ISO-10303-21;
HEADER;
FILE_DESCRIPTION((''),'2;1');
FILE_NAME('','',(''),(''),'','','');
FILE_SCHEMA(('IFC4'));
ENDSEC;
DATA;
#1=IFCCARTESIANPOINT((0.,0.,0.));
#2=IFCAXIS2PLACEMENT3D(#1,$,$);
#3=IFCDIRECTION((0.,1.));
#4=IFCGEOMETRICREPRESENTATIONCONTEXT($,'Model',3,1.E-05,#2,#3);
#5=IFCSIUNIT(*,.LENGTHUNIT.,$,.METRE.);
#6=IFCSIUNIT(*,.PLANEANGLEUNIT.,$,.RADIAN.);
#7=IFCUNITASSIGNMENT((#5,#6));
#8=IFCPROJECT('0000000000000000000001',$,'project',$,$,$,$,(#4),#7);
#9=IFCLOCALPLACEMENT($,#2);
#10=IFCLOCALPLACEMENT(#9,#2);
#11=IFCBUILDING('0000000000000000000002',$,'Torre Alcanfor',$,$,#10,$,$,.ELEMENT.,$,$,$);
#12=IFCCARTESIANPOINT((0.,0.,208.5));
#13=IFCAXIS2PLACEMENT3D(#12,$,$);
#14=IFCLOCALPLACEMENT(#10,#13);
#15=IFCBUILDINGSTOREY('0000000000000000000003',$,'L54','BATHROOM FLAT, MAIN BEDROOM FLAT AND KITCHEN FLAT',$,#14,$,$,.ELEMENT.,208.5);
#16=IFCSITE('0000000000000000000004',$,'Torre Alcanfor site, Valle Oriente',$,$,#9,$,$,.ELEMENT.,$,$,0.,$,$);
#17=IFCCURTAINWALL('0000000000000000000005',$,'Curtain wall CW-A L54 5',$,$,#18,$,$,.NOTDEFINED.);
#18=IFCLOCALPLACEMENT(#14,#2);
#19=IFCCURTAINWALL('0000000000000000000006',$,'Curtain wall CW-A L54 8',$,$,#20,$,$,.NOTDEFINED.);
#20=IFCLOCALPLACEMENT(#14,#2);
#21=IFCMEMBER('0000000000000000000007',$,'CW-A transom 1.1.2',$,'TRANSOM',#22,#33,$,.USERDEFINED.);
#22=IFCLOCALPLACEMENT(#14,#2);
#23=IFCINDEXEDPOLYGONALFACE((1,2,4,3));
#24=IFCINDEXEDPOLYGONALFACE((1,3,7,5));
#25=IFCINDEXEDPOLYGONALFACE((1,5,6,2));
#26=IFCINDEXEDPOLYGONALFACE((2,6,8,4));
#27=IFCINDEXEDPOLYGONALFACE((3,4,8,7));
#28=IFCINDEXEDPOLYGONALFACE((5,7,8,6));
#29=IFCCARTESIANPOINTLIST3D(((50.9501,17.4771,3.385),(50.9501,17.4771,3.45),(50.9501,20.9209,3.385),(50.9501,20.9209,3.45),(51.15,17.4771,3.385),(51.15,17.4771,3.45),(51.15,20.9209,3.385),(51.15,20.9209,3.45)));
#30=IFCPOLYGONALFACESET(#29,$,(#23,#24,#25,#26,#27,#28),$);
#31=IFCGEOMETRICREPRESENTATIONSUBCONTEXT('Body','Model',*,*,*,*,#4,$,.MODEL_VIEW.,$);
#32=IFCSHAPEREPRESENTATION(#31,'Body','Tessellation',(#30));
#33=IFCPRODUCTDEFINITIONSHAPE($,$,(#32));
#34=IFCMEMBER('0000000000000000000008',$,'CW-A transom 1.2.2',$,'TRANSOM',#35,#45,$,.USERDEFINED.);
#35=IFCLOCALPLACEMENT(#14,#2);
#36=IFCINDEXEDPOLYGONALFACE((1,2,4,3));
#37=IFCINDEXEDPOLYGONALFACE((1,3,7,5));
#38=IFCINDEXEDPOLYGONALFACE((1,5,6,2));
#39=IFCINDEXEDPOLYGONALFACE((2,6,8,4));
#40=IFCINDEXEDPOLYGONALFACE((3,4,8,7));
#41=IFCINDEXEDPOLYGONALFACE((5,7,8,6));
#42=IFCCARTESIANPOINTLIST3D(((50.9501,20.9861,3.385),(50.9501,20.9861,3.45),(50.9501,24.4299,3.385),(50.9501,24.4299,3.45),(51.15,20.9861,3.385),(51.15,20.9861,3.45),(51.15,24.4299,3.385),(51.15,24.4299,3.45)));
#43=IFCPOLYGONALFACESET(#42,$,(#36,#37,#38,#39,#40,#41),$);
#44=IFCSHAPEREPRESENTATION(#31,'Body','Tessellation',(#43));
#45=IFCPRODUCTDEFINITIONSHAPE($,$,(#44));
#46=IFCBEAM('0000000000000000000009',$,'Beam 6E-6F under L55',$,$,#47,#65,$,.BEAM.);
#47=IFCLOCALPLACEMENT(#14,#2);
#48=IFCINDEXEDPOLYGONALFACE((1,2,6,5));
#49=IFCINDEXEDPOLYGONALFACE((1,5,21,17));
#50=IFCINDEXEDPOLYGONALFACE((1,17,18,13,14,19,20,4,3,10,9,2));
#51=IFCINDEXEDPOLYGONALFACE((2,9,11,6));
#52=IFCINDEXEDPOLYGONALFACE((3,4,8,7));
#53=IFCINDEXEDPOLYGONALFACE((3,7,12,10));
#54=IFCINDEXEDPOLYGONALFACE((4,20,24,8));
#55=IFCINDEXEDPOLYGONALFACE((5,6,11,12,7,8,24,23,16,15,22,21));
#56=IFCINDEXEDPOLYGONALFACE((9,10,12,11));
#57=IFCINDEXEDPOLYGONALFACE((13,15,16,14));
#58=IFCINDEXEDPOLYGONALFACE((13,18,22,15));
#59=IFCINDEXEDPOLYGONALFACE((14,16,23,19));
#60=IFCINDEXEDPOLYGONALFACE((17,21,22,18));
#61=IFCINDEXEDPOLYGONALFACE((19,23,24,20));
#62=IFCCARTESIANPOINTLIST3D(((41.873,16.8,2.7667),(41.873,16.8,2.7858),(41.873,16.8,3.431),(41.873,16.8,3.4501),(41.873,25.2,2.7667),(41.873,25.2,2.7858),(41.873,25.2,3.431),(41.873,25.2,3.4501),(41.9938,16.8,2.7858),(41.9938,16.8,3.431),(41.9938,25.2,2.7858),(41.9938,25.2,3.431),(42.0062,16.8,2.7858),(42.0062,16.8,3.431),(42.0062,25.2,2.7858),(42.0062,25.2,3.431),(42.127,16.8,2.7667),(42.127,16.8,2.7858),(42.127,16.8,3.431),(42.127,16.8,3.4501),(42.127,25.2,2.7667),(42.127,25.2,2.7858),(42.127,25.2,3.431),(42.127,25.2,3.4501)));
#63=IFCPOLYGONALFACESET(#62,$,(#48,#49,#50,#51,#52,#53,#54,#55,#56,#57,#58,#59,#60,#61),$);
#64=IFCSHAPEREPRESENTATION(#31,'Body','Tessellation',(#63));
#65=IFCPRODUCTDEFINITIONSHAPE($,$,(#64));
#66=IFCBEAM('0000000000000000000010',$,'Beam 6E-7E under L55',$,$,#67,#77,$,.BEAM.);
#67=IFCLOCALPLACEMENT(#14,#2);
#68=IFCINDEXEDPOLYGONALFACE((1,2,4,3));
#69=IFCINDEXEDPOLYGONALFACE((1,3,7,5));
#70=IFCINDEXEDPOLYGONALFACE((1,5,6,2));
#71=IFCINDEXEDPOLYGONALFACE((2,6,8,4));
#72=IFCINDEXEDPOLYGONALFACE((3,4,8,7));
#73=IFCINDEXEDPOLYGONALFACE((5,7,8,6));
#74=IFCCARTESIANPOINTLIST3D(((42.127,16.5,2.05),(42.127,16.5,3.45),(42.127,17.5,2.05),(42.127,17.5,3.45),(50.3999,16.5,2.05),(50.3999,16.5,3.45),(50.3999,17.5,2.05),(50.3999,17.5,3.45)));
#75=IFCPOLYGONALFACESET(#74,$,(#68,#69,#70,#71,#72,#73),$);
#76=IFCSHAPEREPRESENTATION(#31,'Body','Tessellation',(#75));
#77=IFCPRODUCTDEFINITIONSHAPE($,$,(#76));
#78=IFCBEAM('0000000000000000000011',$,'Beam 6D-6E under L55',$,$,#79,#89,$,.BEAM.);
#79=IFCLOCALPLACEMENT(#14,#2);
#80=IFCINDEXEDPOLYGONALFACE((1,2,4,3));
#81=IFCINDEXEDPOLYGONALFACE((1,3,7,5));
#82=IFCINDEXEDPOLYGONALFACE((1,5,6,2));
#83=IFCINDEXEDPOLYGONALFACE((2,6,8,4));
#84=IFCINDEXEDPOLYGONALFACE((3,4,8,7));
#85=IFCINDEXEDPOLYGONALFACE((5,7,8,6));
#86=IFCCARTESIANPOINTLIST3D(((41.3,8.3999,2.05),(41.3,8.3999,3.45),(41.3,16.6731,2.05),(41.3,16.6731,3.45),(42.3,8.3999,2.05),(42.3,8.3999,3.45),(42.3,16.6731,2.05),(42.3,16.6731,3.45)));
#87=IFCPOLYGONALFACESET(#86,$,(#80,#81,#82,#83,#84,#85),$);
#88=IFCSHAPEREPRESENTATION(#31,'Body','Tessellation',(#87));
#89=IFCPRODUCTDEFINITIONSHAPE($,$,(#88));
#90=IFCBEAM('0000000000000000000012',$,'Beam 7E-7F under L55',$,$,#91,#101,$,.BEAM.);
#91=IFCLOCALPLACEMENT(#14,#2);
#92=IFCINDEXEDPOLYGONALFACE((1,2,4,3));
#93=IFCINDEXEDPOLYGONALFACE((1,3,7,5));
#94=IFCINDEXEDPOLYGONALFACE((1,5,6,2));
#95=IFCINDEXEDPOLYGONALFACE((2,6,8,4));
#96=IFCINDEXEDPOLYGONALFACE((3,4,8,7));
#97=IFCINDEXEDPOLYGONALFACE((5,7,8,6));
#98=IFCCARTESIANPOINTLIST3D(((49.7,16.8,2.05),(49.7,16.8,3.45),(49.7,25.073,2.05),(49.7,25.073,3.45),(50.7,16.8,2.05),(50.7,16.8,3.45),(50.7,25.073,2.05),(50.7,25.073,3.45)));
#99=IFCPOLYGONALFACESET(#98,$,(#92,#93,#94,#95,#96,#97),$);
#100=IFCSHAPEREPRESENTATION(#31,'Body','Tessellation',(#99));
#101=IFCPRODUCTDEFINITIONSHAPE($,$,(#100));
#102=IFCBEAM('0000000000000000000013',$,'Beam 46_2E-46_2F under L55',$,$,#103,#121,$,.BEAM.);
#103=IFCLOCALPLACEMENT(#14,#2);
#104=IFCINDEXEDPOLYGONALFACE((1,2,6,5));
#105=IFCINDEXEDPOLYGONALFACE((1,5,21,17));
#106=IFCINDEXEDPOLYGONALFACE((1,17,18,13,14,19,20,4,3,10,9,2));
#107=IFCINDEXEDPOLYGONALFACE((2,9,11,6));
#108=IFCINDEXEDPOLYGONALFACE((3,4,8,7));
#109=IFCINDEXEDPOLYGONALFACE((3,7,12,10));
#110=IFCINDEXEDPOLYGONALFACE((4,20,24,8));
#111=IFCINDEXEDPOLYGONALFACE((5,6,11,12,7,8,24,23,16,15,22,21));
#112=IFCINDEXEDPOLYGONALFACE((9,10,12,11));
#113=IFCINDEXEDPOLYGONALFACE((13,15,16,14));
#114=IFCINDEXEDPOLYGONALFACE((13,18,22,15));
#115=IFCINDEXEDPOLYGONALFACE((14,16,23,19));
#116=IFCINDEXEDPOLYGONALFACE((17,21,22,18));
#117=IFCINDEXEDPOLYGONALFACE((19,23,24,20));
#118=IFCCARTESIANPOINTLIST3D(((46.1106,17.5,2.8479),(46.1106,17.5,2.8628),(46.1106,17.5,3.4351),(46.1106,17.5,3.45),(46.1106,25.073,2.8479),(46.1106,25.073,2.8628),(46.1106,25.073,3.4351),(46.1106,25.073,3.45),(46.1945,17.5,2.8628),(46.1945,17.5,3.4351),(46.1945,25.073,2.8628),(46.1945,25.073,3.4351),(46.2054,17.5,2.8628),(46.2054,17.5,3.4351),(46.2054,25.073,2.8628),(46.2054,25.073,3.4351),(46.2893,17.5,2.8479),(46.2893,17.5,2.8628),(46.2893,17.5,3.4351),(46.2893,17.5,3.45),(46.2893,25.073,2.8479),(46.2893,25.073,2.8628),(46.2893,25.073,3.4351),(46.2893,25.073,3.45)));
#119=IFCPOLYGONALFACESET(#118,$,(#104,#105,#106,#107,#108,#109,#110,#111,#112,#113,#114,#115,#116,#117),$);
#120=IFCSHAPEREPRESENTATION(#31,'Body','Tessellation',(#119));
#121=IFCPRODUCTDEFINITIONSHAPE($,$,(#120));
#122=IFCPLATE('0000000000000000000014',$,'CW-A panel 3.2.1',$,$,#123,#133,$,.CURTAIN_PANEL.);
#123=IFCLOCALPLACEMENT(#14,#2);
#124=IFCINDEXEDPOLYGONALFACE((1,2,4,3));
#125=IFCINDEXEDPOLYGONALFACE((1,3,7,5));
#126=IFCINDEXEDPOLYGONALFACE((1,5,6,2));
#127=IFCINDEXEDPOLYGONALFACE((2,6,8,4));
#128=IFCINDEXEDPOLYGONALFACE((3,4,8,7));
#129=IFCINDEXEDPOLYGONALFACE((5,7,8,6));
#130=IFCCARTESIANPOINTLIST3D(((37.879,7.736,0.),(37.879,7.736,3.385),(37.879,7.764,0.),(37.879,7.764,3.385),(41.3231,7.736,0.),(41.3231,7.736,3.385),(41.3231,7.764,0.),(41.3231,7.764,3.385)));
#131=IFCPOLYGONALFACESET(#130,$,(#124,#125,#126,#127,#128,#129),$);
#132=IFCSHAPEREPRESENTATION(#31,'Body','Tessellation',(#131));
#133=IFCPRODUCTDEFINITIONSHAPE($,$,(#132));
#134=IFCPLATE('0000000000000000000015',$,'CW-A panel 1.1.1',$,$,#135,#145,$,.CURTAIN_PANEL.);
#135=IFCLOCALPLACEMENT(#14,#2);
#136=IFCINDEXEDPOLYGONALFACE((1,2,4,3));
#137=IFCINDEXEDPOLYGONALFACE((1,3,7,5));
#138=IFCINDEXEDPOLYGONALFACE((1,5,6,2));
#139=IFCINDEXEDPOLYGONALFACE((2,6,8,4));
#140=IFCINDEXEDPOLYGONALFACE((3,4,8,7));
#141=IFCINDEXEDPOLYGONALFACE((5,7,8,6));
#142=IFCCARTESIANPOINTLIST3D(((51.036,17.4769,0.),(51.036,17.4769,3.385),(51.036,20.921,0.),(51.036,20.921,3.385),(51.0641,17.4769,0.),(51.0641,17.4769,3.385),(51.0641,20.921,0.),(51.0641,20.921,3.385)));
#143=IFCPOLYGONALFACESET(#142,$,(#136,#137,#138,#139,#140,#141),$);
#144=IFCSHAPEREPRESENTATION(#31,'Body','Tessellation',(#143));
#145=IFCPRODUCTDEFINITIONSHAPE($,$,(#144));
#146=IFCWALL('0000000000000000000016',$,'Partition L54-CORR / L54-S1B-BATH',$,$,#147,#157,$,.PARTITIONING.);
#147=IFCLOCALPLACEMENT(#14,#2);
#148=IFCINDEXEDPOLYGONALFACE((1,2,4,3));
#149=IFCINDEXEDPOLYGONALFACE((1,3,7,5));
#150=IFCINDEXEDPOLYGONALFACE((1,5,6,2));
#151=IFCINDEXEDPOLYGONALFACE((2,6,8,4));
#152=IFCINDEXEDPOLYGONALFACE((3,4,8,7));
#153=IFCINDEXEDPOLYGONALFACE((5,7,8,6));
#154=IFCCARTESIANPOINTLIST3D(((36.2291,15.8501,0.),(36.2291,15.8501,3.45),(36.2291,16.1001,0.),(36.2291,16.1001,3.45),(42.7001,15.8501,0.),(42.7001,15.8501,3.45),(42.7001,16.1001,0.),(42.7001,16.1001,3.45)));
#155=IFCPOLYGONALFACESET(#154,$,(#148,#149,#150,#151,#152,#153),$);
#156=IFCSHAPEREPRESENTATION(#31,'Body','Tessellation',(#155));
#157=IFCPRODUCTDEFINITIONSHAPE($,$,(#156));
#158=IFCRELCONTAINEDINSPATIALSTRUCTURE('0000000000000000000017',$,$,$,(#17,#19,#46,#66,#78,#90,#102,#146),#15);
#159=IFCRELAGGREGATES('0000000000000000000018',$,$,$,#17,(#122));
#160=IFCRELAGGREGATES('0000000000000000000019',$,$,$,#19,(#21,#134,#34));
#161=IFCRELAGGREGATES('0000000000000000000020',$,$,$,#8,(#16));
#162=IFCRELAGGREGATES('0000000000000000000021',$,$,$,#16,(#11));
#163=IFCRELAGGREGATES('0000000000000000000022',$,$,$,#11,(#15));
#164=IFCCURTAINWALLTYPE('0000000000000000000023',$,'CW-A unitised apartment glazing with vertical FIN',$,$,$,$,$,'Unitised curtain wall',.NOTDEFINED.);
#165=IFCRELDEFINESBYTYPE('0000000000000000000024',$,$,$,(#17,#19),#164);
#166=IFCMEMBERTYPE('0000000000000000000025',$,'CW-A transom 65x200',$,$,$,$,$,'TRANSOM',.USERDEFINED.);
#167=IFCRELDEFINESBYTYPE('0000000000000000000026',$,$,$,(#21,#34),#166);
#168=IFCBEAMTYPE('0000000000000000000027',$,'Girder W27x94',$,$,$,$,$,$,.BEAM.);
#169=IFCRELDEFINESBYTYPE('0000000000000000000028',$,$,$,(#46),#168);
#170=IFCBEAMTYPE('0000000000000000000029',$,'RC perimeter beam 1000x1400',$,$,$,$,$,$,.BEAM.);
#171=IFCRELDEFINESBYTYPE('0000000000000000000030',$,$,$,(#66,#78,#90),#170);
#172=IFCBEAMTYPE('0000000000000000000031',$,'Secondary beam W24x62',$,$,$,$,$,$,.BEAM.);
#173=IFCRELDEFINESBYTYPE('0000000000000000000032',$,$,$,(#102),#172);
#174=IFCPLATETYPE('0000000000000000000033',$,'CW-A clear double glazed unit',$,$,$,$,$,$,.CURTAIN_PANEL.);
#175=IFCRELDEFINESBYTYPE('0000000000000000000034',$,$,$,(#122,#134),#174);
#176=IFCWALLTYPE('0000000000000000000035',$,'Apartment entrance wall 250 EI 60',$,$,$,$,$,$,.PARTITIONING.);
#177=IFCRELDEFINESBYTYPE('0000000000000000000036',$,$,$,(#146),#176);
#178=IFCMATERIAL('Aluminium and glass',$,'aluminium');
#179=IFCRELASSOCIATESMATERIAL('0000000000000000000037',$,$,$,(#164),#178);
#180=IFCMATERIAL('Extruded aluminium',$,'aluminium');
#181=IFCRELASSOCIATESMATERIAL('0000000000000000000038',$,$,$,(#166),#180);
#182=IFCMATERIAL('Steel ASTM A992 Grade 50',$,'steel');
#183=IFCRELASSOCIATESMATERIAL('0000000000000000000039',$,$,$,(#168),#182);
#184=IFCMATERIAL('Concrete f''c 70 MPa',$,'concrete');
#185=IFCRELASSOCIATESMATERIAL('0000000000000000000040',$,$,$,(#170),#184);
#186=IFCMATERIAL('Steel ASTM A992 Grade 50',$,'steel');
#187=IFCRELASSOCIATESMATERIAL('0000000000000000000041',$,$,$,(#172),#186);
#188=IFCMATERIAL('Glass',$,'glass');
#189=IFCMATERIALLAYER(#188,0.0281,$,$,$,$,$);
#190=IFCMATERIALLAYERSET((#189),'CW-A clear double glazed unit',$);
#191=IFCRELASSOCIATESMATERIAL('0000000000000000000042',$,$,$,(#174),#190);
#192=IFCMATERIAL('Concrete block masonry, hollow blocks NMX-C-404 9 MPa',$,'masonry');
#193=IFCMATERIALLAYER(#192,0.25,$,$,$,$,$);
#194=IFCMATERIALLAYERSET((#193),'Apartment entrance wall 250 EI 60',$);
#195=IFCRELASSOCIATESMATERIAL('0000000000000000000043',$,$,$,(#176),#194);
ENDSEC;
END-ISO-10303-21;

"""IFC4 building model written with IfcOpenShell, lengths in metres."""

from ifc_helpers import new_model, si_unit, direction, frame, frame_2d, origin, origin_2d, place, context, subcontext, project, spatial, rectangle, i_section, extrude, material, layer, layer_set, material_profile, profile_set, type_object, element, aggregate, save


model = new_model("IFC4")

# Units and contexts
model_context = context("Model", 3, precision=1e-05, world=origin(), true_north=direction((0.0, 1.0)))
body_context = subcontext(model_context, "Body", "Model", "MODEL_VIEW")
ifc_project = project(units=[si_unit("LENGTHUNIT", "METRE"), si_unit("PLANEANGLEUNIT", "RADIAN")], contexts=[model_context])

# Site, building, storey
site_placement = place(None, origin())
site = spatial("IfcSite", under=ifc_project, at=site_placement, Name="Torre Alcanfor site, Valle Oriente", CompositionType="ELEMENT", RefElevation=0.0)
building_placement = place(site_placement, origin())
building = spatial("IfcBuilding", under=site, at=building_placement, Name="Torre Alcanfor", CompositionType="ELEMENT")
storey_placement = place(building_placement, frame((0.0, 0.0, 208.5)))
storey = spatial("IfcBuildingStorey", under=building, at=storey_placement, Name="L54", Description="BATHROOM FLAT, MAIN BEDROOM FLAT AND KITCHEN FLAT", CompositionType="ELEMENT", Elevation=208.5)

# Curtain walls
ifc_material_1 = material(Name="Aluminium and glass", Category="aluminium")
curtain_wall_type = type_object("IfcCurtainWallType", Name="CW-A unitised apartment glazing with vertical FIN", ElementType="Unitised curtain wall", PredefinedType="NOTDEFINED", material=ifc_material_1)
curtain_wall_1_placement = place(storey_placement, origin())
curtain_wall_1 = element("IfcCurtainWall", 1, at=curtain_wall_1_placement, inside=storey, type_object=curtain_wall_type, Name="Curtain wall CW-A L54 5", PredefinedType="NOTDEFINED")
curtain_wall_2_placement = place(storey_placement, origin())
curtain_wall_2 = element("IfcCurtainWall", 2, at=curtain_wall_2_placement, inside=storey, type_object=curtain_wall_type, Name="Curtain wall CW-A L54 8", PredefinedType="NOTDEFINED")

# Members
ifc_material_2 = material(Name="Extruded aluminium", Category="aluminium")
ifc_material_profile_1 = material_profile(ifc_material_2, rectangle(XDim=0.2, YDim=0.0649, at=origin_2d()), Name="CW-A transom 200x65")
ifc_profile_set_1 = profile_set([ifc_material_profile_1], Name="Extruded aluminium")
member_type_1 = type_object("IfcMemberType", Name="CW-A transom 65x200", ElementType="TRANSOM", PredefinedType="USERDEFINED", material=ifc_profile_set_1)
member_1_placement = place(storey_placement, frame((51.05, 17.4771, 3.4175), z_axis=(0.0, 1.0, 0.0), x_axis=(-1.0, 0.0, 0.0)))
member_1 = element("IfcMember", 3, at=member_1_placement, type_object=member_type_1, Name="CW-A transom 1.1.2", ObjectType="TRANSOM", PredefinedType="USERDEFINED", context=body_context, shape_type="SweptSolid", body=[
    extrude(rectangle(XDim=0.2, YDim=0.0649, at=origin_2d()), origin(), (0.0, 0.0, 1.0), 3.4438),
])
member_2_placement = place(storey_placement, frame((51.05, 20.9861, 3.4175), z_axis=(0.0, 1.0, 0.0), x_axis=(-1.0, 0.0, 0.0)))
member_2 = element("IfcMember", 4, at=member_2_placement, type_object=member_type_1, Name="CW-A transom 1.2.2", ObjectType="TRANSOM", PredefinedType="USERDEFINED", context=body_context, shape_type="SweptSolid", body=[
    extrude(rectangle(XDim=0.2, YDim=0.0649, at=origin_2d()), origin(), (0.0, 0.0, 1.0), 3.4438),
])

# Beams
ifc_material_3 = material(Name="Steel ASTM A992 Grade 50", Category="steel")
ifc_material_profile_2 = material_profile(ifc_material_3, i_section(OverallWidth=0.2539, OverallDepth=0.6833, WebThickness=0.0125, FlangeThickness=0.019, at=origin_2d()), Name="W27x94")
ifc_profile_set_2 = profile_set([ifc_material_profile_2], Name="Steel ASTM A992 Grade 50")
beam_type_1 = type_object("IfcBeamType", Name="Girder W27x94", PredefinedType="BEAM", material=ifc_profile_set_2)
beam_1_placement = place(storey_placement, frame((42.0, 16.8, 3.1084), z_axis=(0.0, 1.0, 0.0), x_axis=(-1.0, 0.0, 0.0)))
element("IfcBeam", 5, at=beam_1_placement, inside=storey, type_object=beam_type_1, Name="Beam 6E-6F under L55", PredefinedType="BEAM", context=body_context, shape_type="SweptSolid", body=[
    extrude(i_section(OverallWidth=0.2539, OverallDepth=0.6833, WebThickness=0.0125, FlangeThickness=0.019, at=origin_2d()), origin(), (0.0, 0.0, 1.0), 8.3999),
])
ifc_material_4 = material(Name="Concrete f'c 70 MPa", Category="concrete")
ifc_material_profile_3 = material_profile(ifc_material_4, rectangle(XDim=1.0, YDim=1.3999, at=origin_2d()), Name="1000x1400")
ifc_profile_set_3 = profile_set([ifc_material_profile_3], Name="Concrete f'c 70 MPa")
beam_type_2 = type_object("IfcBeamType", Name="RC perimeter beam 1000x1400", PredefinedType="BEAM", material=ifc_profile_set_3)
beam_2_placement = place(storey_placement, frame((42.127, 17.0, 2.75), z_axis=(1.0, 0.0, 0.0), x_axis=(0.0, 1.0, 0.0)))
element("IfcBeam", 6, at=beam_2_placement, inside=storey, type_object=beam_type_2, Name="Beam 6E-7E under L55", PredefinedType="BEAM", context=body_context, shape_type="SweptSolid", body=[
    extrude(rectangle(XDim=1.0, YDim=1.3999, at=origin_2d()), origin(), (0.0, 0.0, 1.0), 8.2729),
])
beam_3_placement = place(storey_placement, frame((41.8, 8.3999, 2.75), z_axis=(0.0, 1.0, 0.0), x_axis=(-1.0, 0.0, 0.0)))
element("IfcBeam", 7, at=beam_3_placement, inside=storey, type_object=beam_type_2, Name="Beam 6D-6E under L55", PredefinedType="BEAM", context=body_context, shape_type="SweptSolid", body=[
    extrude(rectangle(XDim=1.0, YDim=1.3999, at=origin_2d()), origin(), (0.0, 0.0, 1.0), 8.2732),
])
beam_4_placement = place(storey_placement, frame((50.2, 16.8, 2.75), z_axis=(0.0, 1.0, 0.0), x_axis=(-1.0, 0.0, 0.0)))
element("IfcBeam", 8, at=beam_4_placement, inside=storey, type_object=beam_type_2, Name="Beam 7E-7F under L55", PredefinedType="BEAM", context=body_context, shape_type="SweptSolid", body=[
    extrude(rectangle(XDim=1.0, YDim=1.3999, at=origin_2d()), origin(), (0.0, 0.0, 1.0), 8.2729),
])
ifc_material_5 = material(Name="Steel ASTM A992 Grade 50", Category="steel")
ifc_material_profile_4 = material_profile(ifc_material_5, i_section(OverallWidth=0.1787, OverallDepth=0.6021, WebThickness=0.011, FlangeThickness=0.0149, at=origin_2d()), Name="W24x62")
ifc_profile_set_4 = profile_set([ifc_material_profile_4], Name="Steel ASTM A992 Grade 50")
beam_type_3 = type_object("IfcBeamType", Name="Secondary beam W24x62", PredefinedType="BEAM", material=ifc_profile_set_4)
beam_5_placement = place(storey_placement, frame((46.2, 17.5, 3.1489), z_axis=(0.0, 1.0, 0.0), x_axis=(-1.0, 0.0, 0.0)))
element("IfcBeam", 9, at=beam_5_placement, inside=storey, type_object=beam_type_3, Name="Beam 46_2E-46_2F under L55", PredefinedType="BEAM", context=body_context, shape_type="SweptSolid", body=[
    extrude(i_section(OverallWidth=0.1787, OverallDepth=0.6021, WebThickness=0.011, FlangeThickness=0.0149, at=origin_2d()), origin(), (0.0, 0.0, 1.0), 7.573),
])

# Plates
ifc_material_6 = material(Name="Glass", Category="glass")
ifc_layer_1 = layer(ifc_material_6, 0.0281)
ifc_layer_set_1 = layer_set([ifc_layer_1], Name="CW-A clear double glazed unit")
plate_type = type_object("IfcPlateType", Name="CW-A clear double glazed unit", PredefinedType="CURTAIN_PANEL", material=ifc_layer_set_1)
plate_1_placement = place(storey_placement, frame((39.6011, 7.75, 0.0), z_axis=(0.0, 0.0, 1.0), x_axis=(1.0, 0.0, 0.0)))
plate_1 = element("IfcPlate", 10, at=plate_1_placement, type_object=plate_type, Name="CW-A panel 3.2.1", PredefinedType="CURTAIN_PANEL", context=body_context, shape_type="SweptSolid", body=[
    extrude(rectangle(XDim=3.4441, YDim=0.0281, at=origin_2d()), origin(), (0.0, 0.0, 1.0), 3.385),
])
aggregate(curtain_wall_1, [plate_1])
plate_2_placement = place(storey_placement, frame((51.05, 19.199, 0.0), z_axis=(0.0, 0.0, 1.0), x_axis=(0.0, 1.0, 0.0)))
plate_2 = element("IfcPlate", 11, at=plate_2_placement, type_object=plate_type, Name="CW-A panel 1.1.1", PredefinedType="CURTAIN_PANEL", context=body_context, shape_type="SweptSolid", body=[
    extrude(rectangle(XDim=3.4441, YDim=0.0281, at=origin_2d()), origin(), (0.0, 0.0, 1.0), 3.385),
])
aggregate(curtain_wall_2, [member_1, plate_2, member_2])

# Wall
ifc_material_7 = material(Name="Concrete block masonry, hollow blocks NMX-C-404 9 MPa", Category="masonry")
ifc_layer_2 = layer(ifc_material_7, 0.25)
ifc_layer_set_2 = layer_set([ifc_layer_2], Name="Apartment entrance wall 250 EI 60")
wall_type_1 = type_object("IfcWallType", Name="Apartment entrance wall 250 EI 60", PredefinedType="PARTITIONING", material=ifc_layer_set_2)
wall_1_placement = place(storey_placement, frame((42.7, 15.9751, 0.0), z_axis=(0.0, 0.0, 1.0), x_axis=(-1.0, 0.0, 0.0)))
element("IfcWall", 12, at=wall_1_placement, inside=storey, type_object=wall_type_1, Name="Partition L54-CORR / L54-S1B-BATH", PredefinedType="PARTITIONING", context=body_context, shape_type="SweptSolid", body=[
    extrude(rectangle(XDim=6.4709, YDim=0.25, at=frame_2d((3.2354, 0.0))), origin(), (0.0, 0.0, 1.0), 3.45),
])

save(model, "model.ifc")
